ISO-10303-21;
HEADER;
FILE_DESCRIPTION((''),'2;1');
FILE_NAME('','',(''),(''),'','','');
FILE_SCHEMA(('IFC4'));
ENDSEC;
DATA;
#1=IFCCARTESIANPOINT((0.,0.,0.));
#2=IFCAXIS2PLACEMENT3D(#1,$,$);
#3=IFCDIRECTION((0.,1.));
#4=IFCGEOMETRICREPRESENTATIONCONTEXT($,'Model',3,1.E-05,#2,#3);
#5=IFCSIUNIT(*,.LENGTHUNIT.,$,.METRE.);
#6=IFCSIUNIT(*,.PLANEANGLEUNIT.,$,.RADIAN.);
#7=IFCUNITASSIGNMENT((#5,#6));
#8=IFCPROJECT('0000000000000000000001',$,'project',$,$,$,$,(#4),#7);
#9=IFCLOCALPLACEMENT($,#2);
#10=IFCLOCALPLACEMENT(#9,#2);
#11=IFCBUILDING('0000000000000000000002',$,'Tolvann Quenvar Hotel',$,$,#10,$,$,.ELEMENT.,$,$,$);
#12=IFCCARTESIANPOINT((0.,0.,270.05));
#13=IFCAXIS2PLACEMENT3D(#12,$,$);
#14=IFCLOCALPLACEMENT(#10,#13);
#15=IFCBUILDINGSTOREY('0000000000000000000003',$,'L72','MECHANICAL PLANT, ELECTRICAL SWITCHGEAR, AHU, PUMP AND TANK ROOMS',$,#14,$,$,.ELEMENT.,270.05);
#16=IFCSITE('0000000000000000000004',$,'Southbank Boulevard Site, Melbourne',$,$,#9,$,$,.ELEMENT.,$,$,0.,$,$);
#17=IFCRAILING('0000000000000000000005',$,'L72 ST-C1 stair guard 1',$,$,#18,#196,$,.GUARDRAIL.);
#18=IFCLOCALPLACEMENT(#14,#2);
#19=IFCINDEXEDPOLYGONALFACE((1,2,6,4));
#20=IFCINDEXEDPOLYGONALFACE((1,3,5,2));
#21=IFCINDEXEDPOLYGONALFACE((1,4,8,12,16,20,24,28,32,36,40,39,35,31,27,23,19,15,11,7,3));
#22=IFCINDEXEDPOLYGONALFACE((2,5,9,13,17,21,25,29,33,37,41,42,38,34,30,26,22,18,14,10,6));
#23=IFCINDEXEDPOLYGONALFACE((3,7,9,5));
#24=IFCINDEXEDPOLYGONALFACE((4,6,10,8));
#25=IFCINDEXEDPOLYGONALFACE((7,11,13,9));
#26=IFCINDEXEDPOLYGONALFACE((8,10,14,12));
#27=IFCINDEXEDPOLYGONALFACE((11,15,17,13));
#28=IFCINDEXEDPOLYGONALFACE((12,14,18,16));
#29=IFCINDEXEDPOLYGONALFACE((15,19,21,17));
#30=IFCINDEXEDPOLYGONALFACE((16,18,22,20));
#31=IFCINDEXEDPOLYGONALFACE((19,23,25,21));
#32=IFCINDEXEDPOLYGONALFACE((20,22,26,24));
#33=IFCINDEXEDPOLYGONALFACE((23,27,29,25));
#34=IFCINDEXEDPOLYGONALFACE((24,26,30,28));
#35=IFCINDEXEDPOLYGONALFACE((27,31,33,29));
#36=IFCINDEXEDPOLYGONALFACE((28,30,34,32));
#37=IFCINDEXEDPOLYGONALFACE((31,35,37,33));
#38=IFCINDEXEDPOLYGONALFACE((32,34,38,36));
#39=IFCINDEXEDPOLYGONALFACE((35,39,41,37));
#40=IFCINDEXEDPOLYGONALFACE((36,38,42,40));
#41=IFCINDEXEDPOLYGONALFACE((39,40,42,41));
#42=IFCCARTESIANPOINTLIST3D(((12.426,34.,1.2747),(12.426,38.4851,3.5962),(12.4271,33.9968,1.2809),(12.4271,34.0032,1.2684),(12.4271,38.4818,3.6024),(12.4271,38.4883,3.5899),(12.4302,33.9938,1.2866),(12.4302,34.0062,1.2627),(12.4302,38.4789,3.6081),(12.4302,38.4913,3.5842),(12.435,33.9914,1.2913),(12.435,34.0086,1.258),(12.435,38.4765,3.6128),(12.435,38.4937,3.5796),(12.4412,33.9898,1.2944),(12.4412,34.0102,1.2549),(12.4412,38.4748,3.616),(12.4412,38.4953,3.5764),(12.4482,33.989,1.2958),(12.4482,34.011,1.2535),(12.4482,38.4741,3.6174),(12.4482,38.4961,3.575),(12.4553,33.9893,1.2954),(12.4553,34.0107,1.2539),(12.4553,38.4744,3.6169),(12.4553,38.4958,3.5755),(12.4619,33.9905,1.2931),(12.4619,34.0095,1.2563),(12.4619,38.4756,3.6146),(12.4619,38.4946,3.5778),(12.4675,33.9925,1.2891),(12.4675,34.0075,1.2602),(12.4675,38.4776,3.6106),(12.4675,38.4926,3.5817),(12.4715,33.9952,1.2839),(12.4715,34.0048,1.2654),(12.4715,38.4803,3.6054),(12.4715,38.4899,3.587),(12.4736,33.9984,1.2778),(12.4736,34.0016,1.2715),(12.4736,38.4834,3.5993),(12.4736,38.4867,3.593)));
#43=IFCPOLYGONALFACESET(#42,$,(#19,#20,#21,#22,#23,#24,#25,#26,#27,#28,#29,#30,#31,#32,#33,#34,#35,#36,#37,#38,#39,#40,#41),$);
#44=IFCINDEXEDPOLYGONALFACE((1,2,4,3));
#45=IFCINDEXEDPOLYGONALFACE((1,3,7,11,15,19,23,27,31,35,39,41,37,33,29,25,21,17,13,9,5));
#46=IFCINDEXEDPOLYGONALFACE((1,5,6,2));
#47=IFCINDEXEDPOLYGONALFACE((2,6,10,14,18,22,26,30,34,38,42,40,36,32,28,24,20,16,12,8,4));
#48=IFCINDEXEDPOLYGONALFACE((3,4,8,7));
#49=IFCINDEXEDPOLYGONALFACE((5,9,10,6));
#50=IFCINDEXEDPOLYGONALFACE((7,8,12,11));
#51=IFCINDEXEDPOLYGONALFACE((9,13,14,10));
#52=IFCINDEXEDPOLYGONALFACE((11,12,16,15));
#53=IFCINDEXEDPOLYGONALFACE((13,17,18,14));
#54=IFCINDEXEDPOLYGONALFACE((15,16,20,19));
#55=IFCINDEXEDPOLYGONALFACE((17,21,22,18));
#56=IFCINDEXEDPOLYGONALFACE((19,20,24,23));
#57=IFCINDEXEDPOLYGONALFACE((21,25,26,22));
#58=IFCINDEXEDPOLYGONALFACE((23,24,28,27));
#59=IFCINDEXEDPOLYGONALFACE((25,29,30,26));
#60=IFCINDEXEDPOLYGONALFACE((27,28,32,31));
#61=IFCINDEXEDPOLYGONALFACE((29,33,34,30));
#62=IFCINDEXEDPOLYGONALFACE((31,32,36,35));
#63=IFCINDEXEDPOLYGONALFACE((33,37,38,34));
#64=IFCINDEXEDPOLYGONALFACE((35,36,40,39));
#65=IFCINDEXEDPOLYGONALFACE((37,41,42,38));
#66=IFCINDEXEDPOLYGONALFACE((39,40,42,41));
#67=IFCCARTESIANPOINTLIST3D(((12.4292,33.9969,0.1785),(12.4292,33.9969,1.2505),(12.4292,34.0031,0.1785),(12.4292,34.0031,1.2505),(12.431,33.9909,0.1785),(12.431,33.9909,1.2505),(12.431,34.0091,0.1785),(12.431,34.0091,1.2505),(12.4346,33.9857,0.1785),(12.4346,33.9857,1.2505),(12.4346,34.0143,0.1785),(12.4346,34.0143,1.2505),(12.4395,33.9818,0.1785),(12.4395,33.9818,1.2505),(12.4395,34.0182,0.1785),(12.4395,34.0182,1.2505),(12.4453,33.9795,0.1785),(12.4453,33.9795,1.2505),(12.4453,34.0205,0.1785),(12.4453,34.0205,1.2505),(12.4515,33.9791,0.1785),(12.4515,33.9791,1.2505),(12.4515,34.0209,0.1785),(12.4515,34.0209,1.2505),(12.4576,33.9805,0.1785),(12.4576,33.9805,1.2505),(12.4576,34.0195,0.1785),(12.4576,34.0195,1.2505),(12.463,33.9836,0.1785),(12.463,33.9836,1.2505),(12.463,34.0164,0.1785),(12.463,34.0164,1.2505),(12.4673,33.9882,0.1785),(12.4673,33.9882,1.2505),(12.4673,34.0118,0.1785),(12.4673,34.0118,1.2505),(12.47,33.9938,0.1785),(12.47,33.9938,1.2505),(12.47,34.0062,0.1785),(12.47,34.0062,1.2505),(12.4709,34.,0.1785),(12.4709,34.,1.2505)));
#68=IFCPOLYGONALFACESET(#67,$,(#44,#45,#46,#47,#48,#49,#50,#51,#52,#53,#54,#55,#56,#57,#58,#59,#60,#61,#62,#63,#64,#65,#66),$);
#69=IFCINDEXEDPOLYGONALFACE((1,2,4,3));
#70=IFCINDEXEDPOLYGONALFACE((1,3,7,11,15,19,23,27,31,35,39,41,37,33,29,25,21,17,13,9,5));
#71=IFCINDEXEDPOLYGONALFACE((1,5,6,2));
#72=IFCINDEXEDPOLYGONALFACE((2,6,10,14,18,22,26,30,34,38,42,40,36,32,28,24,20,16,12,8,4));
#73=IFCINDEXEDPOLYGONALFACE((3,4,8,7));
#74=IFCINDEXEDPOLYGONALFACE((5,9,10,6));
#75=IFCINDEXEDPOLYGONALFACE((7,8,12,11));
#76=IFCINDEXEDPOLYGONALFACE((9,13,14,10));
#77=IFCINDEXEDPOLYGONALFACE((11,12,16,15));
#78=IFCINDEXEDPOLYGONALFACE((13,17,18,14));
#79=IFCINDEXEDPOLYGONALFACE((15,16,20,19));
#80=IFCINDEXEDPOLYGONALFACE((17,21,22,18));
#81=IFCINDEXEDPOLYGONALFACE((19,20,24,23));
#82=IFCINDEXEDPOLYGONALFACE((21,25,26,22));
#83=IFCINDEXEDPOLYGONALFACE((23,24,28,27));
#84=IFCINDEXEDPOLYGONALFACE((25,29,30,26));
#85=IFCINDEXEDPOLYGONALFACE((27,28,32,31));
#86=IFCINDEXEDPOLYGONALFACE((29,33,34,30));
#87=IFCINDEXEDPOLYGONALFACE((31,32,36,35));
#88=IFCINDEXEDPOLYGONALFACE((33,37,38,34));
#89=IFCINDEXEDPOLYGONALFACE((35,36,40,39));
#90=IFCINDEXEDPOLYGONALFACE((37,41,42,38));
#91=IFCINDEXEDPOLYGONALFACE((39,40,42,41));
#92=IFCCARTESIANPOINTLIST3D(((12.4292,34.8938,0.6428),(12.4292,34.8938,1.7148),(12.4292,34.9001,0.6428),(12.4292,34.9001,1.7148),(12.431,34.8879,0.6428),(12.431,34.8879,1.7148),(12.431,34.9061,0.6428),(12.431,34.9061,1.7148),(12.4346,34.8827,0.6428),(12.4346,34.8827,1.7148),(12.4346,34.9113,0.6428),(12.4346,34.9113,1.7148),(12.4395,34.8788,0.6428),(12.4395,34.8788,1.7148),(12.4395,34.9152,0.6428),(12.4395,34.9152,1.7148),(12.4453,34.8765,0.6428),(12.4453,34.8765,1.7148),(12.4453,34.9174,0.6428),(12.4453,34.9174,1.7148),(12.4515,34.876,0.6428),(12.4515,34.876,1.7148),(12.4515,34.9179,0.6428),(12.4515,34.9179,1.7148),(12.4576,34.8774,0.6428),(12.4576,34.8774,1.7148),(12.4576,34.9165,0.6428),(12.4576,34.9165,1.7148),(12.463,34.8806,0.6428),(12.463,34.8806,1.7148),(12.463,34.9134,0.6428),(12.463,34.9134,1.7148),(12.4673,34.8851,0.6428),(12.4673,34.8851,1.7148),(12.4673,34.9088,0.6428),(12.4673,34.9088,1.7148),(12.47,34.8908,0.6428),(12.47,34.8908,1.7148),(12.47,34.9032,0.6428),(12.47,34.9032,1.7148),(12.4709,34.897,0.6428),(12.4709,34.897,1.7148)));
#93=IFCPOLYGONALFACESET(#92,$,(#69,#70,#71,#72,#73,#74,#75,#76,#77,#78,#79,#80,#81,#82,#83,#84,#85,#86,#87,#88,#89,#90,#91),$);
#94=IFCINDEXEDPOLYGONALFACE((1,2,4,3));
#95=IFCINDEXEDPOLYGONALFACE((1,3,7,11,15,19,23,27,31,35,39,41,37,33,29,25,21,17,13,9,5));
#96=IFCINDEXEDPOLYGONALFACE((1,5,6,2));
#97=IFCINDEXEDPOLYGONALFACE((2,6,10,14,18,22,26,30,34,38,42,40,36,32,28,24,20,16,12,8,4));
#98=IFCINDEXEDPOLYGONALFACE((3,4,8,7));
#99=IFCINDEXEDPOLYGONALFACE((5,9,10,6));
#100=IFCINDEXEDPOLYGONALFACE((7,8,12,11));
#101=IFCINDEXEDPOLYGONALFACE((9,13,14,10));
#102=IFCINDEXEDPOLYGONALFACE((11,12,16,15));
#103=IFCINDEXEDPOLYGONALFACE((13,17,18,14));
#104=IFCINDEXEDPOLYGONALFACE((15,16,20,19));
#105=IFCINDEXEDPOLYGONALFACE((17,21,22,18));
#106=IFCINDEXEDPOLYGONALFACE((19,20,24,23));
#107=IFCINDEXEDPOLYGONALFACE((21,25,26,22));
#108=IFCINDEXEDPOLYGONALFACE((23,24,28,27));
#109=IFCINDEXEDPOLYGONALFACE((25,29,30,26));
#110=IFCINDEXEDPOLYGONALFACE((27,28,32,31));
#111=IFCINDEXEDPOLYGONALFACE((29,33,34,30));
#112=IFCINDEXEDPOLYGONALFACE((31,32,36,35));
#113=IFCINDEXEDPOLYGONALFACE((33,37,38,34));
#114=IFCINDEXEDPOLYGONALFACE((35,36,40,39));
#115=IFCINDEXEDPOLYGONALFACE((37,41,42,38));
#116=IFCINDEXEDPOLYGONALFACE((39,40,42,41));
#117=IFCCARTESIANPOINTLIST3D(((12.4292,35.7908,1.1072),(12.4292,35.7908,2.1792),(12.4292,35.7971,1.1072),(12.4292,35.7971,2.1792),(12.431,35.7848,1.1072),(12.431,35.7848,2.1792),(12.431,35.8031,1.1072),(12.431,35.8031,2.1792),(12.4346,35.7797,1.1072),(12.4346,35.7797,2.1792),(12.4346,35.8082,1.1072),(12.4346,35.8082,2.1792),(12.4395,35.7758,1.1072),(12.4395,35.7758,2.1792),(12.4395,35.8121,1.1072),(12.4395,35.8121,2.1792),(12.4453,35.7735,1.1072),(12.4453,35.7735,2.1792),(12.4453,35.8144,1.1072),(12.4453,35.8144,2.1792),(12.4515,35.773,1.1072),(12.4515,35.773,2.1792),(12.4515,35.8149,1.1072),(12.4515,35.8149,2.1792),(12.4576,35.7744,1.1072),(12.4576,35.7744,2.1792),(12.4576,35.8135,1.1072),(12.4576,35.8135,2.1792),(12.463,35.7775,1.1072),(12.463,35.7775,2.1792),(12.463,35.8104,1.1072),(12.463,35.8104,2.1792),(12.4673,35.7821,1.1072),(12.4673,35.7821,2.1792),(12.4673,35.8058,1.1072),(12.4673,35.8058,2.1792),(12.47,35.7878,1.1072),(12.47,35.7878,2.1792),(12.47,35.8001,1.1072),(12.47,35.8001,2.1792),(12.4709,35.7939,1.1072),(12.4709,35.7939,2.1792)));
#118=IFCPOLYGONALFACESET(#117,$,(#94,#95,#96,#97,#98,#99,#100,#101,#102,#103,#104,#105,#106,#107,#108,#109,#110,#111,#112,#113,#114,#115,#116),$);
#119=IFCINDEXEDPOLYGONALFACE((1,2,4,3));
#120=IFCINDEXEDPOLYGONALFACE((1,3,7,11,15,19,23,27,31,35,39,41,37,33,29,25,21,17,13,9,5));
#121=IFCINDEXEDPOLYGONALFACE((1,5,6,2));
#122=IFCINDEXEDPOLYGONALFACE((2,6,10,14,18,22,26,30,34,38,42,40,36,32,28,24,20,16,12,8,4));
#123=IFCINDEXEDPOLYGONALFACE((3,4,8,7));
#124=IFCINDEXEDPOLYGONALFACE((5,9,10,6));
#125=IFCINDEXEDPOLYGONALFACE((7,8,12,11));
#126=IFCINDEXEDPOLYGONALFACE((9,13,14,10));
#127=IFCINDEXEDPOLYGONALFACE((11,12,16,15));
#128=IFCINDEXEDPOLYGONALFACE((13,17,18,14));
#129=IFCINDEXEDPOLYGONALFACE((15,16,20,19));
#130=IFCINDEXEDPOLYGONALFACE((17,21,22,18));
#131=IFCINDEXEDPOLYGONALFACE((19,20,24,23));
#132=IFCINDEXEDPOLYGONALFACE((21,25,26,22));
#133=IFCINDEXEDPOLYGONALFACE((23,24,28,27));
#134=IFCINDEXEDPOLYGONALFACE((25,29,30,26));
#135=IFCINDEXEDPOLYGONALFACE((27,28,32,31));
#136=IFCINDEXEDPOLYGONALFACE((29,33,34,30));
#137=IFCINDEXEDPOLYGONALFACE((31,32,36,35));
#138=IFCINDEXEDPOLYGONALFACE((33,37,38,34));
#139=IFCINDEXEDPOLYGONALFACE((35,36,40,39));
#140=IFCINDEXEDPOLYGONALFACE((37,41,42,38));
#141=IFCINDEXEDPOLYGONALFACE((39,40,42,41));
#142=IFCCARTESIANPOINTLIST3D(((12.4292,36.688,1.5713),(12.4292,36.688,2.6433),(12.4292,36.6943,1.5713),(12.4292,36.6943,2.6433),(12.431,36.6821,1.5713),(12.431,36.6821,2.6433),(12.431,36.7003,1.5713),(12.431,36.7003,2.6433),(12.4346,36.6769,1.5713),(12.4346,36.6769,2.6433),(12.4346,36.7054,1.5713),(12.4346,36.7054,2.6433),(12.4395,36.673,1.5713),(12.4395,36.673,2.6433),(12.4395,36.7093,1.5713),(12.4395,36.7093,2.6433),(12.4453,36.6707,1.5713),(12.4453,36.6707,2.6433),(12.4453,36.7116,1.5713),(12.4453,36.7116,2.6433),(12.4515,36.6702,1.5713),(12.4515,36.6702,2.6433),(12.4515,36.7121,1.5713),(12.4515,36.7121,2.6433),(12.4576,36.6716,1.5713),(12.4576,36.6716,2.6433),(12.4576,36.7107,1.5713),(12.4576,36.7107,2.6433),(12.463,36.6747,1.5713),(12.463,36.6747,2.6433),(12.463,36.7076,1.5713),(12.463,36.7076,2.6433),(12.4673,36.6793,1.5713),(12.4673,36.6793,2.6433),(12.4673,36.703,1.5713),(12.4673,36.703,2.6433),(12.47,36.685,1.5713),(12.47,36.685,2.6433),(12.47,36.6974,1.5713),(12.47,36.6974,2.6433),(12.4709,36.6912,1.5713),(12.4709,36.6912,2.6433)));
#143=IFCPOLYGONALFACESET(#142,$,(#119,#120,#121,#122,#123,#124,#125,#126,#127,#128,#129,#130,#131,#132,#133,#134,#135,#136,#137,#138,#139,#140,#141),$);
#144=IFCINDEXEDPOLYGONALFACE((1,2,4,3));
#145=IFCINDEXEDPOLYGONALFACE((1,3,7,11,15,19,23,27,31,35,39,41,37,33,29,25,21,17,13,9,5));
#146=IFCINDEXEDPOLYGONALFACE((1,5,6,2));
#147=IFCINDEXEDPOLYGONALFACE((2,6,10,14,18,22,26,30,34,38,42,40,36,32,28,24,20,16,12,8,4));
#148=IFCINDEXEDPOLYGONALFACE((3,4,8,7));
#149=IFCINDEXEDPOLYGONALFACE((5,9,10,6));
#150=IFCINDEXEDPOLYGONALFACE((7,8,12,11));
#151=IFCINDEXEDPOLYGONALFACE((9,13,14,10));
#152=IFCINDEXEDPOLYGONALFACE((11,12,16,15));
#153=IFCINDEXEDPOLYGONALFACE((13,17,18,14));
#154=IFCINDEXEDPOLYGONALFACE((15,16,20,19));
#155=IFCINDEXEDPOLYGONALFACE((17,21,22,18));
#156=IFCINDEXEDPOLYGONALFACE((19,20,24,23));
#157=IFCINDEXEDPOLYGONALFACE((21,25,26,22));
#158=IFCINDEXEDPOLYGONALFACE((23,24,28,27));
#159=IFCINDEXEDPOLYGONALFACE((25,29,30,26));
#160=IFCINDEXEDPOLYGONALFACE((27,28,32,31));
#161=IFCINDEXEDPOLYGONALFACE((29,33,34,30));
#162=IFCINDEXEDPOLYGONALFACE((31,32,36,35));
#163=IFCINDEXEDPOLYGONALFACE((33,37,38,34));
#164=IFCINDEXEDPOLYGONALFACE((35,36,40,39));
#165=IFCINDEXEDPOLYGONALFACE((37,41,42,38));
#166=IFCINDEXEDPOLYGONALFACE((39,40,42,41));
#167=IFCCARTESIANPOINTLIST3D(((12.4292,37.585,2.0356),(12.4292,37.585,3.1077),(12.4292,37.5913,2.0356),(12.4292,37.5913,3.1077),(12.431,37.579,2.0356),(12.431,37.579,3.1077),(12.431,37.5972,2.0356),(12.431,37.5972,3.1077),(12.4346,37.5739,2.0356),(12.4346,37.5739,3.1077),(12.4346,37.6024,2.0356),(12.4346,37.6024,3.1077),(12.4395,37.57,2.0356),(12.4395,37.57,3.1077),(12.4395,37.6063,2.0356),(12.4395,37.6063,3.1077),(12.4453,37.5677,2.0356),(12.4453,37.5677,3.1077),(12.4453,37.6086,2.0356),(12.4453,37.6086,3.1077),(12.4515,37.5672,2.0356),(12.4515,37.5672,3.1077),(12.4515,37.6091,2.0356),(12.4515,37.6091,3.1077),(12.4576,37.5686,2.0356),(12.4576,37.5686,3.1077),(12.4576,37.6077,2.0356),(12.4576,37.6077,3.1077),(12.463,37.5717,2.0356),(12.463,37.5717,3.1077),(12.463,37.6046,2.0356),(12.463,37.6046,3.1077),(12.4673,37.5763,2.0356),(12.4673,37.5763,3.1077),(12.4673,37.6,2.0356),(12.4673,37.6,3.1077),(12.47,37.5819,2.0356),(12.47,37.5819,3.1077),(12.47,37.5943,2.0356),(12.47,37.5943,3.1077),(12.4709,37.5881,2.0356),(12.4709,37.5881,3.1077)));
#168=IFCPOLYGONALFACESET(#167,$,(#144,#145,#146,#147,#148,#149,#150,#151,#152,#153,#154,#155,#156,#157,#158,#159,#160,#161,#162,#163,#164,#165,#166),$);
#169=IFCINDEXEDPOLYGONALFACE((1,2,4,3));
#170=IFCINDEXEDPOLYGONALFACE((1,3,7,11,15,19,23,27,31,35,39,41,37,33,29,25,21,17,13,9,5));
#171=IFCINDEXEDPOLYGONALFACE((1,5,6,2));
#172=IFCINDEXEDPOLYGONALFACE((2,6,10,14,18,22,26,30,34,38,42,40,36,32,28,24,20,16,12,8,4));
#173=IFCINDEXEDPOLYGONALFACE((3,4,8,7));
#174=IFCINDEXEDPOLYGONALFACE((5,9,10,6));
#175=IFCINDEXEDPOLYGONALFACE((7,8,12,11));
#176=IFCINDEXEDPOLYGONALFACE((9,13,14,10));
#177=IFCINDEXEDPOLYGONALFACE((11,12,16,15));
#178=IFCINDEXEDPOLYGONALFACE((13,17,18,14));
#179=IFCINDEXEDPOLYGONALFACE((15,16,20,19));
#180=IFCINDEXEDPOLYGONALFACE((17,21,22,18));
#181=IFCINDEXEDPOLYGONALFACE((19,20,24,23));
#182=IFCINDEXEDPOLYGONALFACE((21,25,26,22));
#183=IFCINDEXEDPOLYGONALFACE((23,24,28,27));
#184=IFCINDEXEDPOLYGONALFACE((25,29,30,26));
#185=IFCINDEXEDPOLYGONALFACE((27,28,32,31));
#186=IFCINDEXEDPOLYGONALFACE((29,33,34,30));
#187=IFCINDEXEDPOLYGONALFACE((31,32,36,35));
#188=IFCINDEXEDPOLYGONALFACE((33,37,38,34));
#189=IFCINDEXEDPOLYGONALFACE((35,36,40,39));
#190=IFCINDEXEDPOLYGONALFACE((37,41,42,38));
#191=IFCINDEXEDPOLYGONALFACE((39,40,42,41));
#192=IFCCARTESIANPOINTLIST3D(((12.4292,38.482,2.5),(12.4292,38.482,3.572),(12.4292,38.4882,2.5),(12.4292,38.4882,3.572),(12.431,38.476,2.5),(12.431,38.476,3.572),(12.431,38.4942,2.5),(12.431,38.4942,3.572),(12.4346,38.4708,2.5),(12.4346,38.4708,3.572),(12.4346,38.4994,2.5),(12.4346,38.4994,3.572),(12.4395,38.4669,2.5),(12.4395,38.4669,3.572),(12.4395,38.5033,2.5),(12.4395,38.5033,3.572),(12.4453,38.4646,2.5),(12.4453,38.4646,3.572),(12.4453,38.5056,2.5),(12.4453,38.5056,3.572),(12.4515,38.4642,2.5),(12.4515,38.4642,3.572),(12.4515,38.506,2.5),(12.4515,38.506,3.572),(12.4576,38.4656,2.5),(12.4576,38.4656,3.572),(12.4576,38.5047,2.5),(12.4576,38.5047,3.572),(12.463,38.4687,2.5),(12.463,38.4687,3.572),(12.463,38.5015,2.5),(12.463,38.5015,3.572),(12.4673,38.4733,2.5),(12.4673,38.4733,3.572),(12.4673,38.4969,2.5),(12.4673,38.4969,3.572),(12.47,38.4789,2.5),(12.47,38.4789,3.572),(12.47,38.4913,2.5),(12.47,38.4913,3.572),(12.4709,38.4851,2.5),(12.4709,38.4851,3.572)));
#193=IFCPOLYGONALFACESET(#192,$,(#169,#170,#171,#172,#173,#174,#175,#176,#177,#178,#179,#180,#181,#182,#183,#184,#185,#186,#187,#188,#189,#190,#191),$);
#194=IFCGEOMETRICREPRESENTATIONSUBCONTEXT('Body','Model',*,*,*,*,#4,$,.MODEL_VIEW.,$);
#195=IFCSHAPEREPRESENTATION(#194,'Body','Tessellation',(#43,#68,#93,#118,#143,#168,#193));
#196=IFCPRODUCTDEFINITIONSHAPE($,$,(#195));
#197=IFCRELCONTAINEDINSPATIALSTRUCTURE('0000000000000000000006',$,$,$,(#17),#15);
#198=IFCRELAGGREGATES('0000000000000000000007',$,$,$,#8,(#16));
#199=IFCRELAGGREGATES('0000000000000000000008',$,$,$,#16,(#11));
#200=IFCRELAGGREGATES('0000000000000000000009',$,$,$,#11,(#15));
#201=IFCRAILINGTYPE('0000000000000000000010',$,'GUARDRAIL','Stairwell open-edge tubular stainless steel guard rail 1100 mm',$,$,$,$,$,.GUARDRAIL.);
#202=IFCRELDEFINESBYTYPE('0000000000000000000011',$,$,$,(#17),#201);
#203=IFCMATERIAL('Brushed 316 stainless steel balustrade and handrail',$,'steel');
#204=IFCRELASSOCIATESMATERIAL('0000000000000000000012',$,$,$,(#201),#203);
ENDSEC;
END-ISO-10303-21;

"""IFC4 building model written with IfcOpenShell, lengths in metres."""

from ifc_helpers import new_model, si_unit, direction, frame, origin, origin_2d, place, context, subcontext, project, spatial, circle, extrude, material, type_object, element, save


model = new_model("IFC4")

# Units and contexts
model_context = context("Model", 3, precision=1e-05, world=origin(), true_north=direction((0.0, 1.0)))
body_context = subcontext(model_context, "Body", "Model", "MODEL_VIEW")
ifc_project = project(units=[si_unit("LENGTHUNIT", "METRE"), si_unit("PLANEANGLEUNIT", "RADIAN")], contexts=[model_context])

# Site, building, storey
site_placement = place(None, origin())
site = spatial("IfcSite", under=ifc_project, at=site_placement, Name="Southbank Boulevard Site, Melbourne", CompositionType="ELEMENT", RefElevation=0.0)
building_placement = place(site_placement, origin())
building = spatial("IfcBuilding", under=site, at=building_placement, Name="Tolvann Quenvar Hotel", CompositionType="ELEMENT")
storey_placement = place(building_placement, frame((0.0, 0.0, 270.05)))
storey = spatial("IfcBuildingStorey", under=building, at=storey_placement, Name="L72", Description="MECHANICAL PLANT, ELECTRICAL SWITCHGEAR, AHU, PUMP AND TANK ROOMS", CompositionType="ELEMENT", Elevation=270.05)

# Railing
ifc_material_1 = material(Name="Brushed 316 stainless steel balustrade and handrail", Category="steel")
railing_type_1 = type_object("IfcRailingType", Name="GUARDRAIL", Description="Stairwell open-edge tubular stainless steel guard rail 1100 mm", PredefinedType="GUARDRAIL", material=ifc_material_1)
railing_1_placement = place(storey_placement, frame((12.45, 34.0, 0.1785)))
element("IfcRailing", 1, at=railing_1_placement, inside=storey, type_object=railing_type_1, Name="L72 ST-C1 stair guard 1", PredefinedType="GUARDRAIL", context=body_context, shape_type="SweptSolid", body=[
    extrude(circle(Radius=0.0239, at=origin_2d()), frame((0.0, 0.0, 1.0962), z_axis=(0.0, 0.888084, 0.459681), x_axis=(-1.0, 0.0, 0.0)), (0.0, 0.0, 1.0), 5.0503),
    extrude(circle(Radius=0.021, at=origin_2d()), origin(), (0.0, 0.0, 1.0), 1.072),
    extrude(circle(Radius=0.021, at=origin_2d()), frame((0.0, 0.897, 0.4644)), (0.0, 0.0, 1.0), 1.072),
    extrude(circle(Radius=0.021, at=origin_2d()), frame((0.0, 1.7939, 0.9287)), (0.0, 0.0, 1.0), 1.072),
    extrude(circle(Radius=0.021, at=origin_2d()), frame((0.0, 2.6912, 1.3928)), (0.0, 0.0, 1.0), 1.072),
    extrude(circle(Radius=0.021, at=origin_2d()), frame((0.0, 3.5881, 1.8572)), (0.0, 0.0, 1.0), 1.072),
    extrude(circle(Radius=0.021, at=origin_2d()), frame((0.0, 4.4851, 2.3215)), (0.0, 0.0, 1.0), 1.072),
])

save(model, "model.ifc")
